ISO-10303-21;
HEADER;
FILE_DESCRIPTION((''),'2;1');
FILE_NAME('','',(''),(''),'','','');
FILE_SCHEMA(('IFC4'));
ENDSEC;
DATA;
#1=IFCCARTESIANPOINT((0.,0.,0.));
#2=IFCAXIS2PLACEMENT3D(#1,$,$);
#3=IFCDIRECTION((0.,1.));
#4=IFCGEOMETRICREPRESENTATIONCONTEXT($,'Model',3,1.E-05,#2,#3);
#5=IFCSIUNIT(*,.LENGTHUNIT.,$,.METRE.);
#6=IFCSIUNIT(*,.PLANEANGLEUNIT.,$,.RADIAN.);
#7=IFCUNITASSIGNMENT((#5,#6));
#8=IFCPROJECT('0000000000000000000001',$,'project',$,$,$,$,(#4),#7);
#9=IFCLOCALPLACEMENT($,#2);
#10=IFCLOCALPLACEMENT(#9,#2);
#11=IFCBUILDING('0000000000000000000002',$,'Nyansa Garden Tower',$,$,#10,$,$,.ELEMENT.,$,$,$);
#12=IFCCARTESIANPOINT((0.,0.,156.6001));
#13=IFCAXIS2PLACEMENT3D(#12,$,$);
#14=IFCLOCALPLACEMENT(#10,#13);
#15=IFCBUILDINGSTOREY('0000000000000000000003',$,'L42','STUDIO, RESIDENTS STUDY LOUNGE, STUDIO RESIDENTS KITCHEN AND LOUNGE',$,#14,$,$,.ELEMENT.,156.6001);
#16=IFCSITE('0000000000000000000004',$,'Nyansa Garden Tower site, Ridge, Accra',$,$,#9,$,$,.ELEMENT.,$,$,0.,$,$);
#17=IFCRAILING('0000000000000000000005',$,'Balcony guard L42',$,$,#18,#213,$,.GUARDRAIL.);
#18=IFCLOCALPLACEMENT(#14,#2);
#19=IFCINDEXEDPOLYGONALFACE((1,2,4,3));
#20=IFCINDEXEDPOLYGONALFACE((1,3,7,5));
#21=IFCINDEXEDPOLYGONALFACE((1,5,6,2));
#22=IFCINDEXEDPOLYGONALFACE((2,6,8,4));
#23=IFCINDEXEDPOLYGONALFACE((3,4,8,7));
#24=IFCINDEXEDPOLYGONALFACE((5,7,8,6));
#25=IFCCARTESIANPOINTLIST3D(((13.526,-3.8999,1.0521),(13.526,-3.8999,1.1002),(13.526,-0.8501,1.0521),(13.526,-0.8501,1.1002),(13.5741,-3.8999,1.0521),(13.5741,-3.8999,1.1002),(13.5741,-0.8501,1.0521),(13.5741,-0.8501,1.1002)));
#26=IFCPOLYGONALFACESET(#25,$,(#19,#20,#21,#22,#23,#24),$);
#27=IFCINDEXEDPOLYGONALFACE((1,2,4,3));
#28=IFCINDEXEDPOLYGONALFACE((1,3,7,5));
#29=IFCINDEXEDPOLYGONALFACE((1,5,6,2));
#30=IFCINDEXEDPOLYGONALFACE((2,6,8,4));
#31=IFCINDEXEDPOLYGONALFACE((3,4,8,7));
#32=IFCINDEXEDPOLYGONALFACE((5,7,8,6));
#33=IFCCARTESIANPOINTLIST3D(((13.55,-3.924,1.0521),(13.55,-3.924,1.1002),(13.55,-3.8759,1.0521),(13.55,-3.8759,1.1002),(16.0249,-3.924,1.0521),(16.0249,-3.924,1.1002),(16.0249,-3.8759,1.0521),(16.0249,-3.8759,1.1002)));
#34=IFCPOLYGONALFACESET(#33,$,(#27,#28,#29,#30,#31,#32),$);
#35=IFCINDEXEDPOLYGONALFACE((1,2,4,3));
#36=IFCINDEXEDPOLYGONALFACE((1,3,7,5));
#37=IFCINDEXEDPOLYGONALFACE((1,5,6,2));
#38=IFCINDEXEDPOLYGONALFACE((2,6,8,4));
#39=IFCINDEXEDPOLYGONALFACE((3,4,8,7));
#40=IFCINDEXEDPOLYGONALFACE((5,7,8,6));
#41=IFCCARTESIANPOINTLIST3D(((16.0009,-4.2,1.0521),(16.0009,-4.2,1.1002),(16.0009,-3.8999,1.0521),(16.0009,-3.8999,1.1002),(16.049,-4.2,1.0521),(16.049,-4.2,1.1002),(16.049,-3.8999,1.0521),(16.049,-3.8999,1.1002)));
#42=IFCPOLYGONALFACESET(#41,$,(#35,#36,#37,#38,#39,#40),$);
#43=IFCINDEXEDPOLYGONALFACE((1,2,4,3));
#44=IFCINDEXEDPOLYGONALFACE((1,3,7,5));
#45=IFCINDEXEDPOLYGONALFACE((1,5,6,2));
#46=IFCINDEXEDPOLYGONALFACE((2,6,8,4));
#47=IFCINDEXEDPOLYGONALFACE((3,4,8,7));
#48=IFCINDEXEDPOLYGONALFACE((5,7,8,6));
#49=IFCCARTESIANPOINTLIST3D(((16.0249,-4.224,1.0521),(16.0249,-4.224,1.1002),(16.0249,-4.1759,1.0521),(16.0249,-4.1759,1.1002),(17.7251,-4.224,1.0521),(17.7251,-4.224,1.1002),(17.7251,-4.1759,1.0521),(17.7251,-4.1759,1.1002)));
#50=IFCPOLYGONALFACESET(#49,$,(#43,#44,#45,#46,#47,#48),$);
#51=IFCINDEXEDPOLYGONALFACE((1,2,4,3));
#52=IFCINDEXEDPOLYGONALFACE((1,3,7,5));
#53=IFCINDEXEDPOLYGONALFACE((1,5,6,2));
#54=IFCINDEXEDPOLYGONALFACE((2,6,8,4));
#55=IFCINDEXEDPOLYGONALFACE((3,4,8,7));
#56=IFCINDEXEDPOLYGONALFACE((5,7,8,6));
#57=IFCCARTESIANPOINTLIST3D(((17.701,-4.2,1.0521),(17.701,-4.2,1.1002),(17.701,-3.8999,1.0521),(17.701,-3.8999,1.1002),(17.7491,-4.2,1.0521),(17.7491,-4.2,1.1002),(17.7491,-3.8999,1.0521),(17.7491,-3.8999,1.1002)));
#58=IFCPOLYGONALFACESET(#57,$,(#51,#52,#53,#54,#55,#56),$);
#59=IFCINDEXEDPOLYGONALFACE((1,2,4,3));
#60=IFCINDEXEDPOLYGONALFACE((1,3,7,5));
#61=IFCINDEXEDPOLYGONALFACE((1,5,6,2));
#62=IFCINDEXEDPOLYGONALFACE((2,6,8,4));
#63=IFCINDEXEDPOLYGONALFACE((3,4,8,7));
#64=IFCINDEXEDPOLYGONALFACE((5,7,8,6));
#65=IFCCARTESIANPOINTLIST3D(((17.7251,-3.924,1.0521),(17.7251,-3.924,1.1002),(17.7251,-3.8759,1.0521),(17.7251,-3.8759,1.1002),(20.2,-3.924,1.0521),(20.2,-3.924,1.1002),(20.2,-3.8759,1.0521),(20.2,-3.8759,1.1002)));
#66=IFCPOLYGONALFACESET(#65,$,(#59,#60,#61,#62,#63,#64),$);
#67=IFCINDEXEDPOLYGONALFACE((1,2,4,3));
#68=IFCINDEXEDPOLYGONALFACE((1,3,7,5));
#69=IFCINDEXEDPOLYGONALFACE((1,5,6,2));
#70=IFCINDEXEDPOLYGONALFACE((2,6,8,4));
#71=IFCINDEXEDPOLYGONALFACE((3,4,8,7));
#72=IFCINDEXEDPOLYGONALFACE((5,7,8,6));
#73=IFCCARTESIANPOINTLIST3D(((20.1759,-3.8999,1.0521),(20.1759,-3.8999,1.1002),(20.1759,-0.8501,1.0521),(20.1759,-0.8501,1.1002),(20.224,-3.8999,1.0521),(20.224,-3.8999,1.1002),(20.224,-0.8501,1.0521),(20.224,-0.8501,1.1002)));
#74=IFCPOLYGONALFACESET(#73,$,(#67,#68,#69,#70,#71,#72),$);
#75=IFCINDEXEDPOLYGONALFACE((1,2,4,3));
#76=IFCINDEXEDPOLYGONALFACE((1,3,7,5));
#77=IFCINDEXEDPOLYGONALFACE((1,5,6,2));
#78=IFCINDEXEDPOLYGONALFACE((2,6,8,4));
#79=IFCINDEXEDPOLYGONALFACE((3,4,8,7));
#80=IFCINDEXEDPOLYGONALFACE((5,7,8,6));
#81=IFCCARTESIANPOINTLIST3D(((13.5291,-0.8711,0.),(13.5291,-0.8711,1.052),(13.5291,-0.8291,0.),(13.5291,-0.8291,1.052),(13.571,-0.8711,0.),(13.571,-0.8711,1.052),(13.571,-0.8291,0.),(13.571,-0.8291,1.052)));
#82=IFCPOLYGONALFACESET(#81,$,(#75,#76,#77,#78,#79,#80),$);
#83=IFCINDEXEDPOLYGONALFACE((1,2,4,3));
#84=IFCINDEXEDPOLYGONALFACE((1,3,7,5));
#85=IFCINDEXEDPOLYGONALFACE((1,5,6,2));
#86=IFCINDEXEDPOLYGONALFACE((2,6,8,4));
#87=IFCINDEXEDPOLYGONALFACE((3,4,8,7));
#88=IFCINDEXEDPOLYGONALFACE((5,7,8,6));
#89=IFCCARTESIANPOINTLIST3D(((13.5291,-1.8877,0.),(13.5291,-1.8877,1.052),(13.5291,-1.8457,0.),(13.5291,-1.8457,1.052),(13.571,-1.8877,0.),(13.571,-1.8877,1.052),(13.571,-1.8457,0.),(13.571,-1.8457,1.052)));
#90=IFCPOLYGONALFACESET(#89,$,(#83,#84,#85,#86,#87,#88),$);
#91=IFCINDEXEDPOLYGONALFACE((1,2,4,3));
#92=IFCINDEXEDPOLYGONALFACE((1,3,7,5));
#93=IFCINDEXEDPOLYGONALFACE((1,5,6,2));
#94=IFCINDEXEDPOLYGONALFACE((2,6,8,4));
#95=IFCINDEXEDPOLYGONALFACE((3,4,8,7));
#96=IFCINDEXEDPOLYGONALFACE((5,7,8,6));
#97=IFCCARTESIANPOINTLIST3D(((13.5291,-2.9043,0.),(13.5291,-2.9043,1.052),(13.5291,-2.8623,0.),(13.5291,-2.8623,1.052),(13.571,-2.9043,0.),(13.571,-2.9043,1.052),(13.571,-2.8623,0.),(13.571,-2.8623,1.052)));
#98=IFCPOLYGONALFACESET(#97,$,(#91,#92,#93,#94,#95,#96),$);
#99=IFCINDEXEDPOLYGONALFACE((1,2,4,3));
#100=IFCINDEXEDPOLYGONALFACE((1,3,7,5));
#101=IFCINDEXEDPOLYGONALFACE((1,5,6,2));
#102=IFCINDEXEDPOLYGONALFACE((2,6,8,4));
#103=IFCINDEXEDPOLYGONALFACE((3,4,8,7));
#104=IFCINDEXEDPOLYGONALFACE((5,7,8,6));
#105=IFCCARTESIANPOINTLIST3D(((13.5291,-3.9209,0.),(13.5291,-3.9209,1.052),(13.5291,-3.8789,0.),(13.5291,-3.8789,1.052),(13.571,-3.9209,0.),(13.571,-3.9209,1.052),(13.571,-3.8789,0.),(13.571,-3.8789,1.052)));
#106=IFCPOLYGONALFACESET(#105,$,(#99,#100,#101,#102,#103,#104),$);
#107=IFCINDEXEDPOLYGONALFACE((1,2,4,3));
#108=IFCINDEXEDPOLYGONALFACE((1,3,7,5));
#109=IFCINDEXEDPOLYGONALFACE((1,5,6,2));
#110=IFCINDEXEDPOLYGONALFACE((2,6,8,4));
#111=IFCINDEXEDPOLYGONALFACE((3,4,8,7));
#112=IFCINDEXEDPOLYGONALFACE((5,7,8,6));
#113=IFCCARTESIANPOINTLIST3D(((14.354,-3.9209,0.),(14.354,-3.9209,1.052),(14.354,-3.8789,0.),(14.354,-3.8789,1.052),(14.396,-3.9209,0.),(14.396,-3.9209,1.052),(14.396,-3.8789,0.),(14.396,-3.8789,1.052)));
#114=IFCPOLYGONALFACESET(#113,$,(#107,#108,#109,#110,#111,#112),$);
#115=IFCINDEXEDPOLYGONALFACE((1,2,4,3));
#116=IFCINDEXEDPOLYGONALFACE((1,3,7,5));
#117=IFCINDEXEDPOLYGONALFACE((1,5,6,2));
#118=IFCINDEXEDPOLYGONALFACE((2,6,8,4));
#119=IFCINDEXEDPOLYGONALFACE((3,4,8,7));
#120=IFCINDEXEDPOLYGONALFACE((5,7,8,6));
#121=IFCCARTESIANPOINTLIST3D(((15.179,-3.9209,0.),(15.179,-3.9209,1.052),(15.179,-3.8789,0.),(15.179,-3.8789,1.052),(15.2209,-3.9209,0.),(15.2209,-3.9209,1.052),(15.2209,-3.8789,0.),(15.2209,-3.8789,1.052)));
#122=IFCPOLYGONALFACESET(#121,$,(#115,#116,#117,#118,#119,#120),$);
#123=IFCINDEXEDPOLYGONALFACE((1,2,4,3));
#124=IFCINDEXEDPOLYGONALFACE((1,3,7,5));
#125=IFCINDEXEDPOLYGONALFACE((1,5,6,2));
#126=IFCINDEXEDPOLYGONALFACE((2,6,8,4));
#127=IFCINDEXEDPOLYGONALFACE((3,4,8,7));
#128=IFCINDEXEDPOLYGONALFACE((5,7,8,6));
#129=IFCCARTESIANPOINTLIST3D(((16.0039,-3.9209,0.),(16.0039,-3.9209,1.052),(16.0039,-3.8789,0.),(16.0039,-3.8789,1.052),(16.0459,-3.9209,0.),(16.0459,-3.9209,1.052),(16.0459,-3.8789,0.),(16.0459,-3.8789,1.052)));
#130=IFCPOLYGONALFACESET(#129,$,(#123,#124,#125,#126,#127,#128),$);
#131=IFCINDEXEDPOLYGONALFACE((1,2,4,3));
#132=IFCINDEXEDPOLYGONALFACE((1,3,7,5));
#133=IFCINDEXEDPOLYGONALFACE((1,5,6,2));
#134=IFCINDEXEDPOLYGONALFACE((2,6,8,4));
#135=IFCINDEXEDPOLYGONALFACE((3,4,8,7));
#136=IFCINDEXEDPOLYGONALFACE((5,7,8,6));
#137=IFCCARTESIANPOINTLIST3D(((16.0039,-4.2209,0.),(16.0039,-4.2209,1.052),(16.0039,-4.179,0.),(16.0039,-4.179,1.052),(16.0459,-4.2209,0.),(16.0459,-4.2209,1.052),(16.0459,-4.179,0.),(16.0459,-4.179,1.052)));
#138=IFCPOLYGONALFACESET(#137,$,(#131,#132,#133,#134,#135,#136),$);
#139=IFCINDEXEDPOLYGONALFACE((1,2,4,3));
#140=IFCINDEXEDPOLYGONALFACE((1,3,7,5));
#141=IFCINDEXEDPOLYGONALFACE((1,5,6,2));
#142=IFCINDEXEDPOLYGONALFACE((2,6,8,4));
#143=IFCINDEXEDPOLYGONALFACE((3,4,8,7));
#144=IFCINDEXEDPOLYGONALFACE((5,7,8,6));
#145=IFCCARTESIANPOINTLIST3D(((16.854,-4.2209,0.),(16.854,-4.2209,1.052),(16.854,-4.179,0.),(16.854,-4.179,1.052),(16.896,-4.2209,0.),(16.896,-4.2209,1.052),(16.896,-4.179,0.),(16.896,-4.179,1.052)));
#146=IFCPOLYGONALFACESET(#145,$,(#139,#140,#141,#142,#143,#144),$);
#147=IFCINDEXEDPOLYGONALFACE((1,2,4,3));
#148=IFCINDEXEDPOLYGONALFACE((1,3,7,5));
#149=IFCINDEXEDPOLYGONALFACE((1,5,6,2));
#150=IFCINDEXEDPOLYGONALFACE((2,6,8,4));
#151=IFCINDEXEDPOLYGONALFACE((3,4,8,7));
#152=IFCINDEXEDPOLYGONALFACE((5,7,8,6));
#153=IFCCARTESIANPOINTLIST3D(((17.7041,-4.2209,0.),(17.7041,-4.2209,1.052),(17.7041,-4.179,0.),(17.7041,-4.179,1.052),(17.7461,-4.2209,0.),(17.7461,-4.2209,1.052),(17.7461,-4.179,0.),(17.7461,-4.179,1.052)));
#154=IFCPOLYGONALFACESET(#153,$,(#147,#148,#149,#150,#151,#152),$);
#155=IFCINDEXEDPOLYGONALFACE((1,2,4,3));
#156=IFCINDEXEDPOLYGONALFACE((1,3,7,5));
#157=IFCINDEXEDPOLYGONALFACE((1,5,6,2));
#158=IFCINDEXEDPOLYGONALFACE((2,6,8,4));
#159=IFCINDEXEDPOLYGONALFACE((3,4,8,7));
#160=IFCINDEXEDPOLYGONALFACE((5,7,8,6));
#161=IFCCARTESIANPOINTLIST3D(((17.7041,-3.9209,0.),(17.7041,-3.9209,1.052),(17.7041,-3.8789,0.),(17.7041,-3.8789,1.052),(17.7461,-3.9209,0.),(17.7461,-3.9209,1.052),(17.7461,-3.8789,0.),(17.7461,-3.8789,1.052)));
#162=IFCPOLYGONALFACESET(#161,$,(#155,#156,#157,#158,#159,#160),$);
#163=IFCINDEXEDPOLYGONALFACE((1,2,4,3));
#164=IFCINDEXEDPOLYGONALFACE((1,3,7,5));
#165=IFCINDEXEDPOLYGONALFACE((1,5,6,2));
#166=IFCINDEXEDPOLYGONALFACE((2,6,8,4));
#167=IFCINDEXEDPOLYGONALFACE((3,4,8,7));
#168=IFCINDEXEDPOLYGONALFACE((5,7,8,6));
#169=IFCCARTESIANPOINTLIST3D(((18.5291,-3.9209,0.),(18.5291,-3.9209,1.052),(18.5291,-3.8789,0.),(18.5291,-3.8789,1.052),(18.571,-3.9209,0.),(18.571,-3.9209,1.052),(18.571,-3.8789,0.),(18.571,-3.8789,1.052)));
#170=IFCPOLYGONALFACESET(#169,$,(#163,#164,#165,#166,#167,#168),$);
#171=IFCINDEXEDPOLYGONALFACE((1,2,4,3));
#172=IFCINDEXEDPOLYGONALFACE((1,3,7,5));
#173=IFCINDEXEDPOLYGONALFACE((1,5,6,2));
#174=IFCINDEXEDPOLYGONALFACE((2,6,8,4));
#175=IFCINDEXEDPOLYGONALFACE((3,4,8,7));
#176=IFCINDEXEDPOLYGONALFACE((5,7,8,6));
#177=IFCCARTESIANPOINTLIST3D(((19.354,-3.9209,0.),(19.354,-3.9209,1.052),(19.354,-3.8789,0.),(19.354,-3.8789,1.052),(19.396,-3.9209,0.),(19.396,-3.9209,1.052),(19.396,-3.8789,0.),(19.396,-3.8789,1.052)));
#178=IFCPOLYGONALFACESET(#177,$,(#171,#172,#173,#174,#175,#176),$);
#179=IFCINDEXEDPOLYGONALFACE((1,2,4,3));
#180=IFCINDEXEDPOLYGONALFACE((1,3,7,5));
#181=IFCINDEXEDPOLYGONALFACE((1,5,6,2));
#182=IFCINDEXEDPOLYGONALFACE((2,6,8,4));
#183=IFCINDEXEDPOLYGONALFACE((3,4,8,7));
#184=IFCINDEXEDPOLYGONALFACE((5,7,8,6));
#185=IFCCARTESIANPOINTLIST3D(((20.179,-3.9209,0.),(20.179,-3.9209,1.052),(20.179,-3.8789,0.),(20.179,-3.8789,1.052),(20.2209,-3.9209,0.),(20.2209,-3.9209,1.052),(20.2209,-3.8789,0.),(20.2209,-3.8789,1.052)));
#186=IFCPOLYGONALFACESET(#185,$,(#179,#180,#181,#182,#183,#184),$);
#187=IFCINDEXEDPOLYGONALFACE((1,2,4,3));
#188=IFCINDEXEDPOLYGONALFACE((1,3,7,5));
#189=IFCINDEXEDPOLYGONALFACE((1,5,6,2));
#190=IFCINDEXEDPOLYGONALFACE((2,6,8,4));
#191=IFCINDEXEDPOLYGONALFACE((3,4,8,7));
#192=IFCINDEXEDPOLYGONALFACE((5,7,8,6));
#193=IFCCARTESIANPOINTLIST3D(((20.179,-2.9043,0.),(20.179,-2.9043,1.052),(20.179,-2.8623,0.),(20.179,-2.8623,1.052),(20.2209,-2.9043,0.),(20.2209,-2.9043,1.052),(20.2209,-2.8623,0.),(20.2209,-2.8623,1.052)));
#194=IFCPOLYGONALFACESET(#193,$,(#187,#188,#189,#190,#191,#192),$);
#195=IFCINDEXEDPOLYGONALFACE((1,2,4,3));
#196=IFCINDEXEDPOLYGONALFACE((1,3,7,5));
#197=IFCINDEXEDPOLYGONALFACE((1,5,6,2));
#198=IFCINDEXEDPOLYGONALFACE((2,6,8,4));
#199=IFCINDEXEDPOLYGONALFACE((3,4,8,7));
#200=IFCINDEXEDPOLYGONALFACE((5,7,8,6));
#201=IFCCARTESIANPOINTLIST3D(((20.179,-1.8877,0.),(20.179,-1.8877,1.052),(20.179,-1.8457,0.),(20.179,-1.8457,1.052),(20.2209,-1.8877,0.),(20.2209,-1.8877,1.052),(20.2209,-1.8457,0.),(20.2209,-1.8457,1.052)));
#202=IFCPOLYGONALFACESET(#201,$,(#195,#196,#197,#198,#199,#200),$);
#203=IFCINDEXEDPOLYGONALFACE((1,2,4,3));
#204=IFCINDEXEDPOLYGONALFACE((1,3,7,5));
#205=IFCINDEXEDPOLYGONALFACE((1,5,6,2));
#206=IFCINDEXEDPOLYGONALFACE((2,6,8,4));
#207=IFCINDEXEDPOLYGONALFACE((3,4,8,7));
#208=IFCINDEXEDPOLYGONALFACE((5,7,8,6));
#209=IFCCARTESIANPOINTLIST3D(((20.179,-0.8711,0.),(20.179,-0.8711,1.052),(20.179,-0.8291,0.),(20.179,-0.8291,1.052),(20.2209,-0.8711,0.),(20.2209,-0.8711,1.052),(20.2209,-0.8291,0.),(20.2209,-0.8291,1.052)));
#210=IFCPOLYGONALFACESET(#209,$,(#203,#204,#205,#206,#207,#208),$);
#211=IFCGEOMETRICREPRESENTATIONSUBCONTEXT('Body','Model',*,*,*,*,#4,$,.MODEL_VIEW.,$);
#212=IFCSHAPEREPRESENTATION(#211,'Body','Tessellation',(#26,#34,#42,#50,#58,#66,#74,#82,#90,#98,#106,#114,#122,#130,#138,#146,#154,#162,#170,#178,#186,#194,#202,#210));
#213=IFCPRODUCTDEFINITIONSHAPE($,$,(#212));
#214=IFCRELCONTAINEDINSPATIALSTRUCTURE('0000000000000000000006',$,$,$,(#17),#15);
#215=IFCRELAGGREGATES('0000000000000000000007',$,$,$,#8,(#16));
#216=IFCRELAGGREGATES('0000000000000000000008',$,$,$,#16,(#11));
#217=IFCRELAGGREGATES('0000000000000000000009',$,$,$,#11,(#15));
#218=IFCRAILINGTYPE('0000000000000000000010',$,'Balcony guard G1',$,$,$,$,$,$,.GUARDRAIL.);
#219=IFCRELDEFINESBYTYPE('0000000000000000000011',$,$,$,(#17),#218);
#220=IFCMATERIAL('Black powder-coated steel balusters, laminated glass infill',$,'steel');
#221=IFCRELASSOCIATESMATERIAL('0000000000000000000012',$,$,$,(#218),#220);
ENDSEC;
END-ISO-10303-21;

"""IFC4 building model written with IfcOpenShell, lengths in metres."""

from ifc_helpers import new_model, si_unit, direction, frame, origin, origin_2d, place, context, subcontext, project, spatial, rectangle, extrude, material, type_object, element, save


model = new_model("IFC4")

# Units and contexts
model_context = context("Model", 3, precision=1e-05, world=origin(), true_north=direction((0.0, 1.0)))
body_context = subcontext(model_context, "Body", "Model", "MODEL_VIEW")
ifc_project = project(units=[si_unit("LENGTHUNIT", "METRE"), si_unit("PLANEANGLEUNIT", "RADIAN")], contexts=[model_context])

# Site, building, storey
site_placement = place(None, origin())
site = spatial("IfcSite", under=ifc_project, at=site_placement, Name="Nyansa Garden Tower site, Ridge, Accra", CompositionType="ELEMENT", RefElevation=0.0)
building_placement = place(site_placement, origin())
building = spatial("IfcBuilding", under=site, at=building_placement, Name="Nyansa Garden Tower", CompositionType="ELEMENT")
storey_placement = place(building_placement, frame((0.0, 0.0, 156.6001)))
storey = spatial("IfcBuildingStorey", under=building, at=storey_placement, Name="L42", Description="STUDIO, RESIDENTS STUDY LOUNGE, STUDIO RESIDENTS KITCHEN AND LOUNGE", CompositionType="ELEMENT", Elevation=156.6001)

# Railing
ifc_material_1 = material(Name="Black powder-coated steel balusters, laminated glass infill", Category="steel")
railing_type = type_object("IfcRailingType", Name="Balcony guard G1", PredefinedType="GUARDRAIL", material=ifc_material_1)
railing_placement = place(storey_placement, frame((13.55, -0.8501, 0.0)))
element("IfcRailing", 1, at=railing_placement, inside=storey, type_object=railing_type, Name="Balcony guard L42", PredefinedType="GUARDRAIL", context=body_context, shape_type="SweptSolid", body=[
    extrude(rectangle(XDim=0.0481, YDim=0.0481, at=origin_2d()), frame((0.0, 0.0, 1.0762), z_axis=(0.0, -1.0, 0.0), x_axis=(1.0, 0.0, 0.0)), (0.0, 0.0, 1.0), 3.0498),
    extrude(rectangle(XDim=0.0481, YDim=0.0481, at=origin_2d()), frame((0.0, -3.0498, 1.0762), z_axis=(1.0, 0.0, 0.0), x_axis=(0.0, 1.0, 0.0)), (0.0, 0.0, 1.0), 2.4749),
    extrude(rectangle(XDim=0.0481, YDim=0.0481, at=origin_2d()), frame((2.4749, -3.0498, 1.0762), z_axis=(0.0, -1.0, 0.0), x_axis=(1.0, 0.0, 0.0)), (0.0, 0.0, 1.0), 0.3),
    extrude(rectangle(XDim=0.0481, YDim=0.0481, at=origin_2d()), frame((2.4749, -3.3499, 1.0762), z_axis=(1.0, 0.0, 0.0), x_axis=(0.0, 1.0, 0.0)), (0.0, 0.0, 1.0), 1.7002),
    extrude(rectangle(XDim=0.0481, YDim=0.0481, at=origin_2d()), frame((4.175, -3.3499, 1.0762), z_axis=(0.0, 1.0, 0.0), x_axis=(-1.0, 0.0, 0.0)), (0.0, 0.0, 1.0), 0.3),
    extrude(rectangle(XDim=0.0481, YDim=0.0481, at=origin_2d()), frame((4.175, -3.0498, 1.0762), z_axis=(1.0, 0.0, 0.0), x_axis=(0.0, 1.0, 0.0)), (0.0, 0.0, 1.0), 2.4749),
    extrude(rectangle(XDim=0.0481, YDim=0.0481, at=origin_2d()), frame((6.6499, -3.0498, 1.0762), z_axis=(0.0, 1.0, 0.0), x_axis=(-1.0, 0.0, 0.0)), (0.0, 0.0, 1.0), 3.0498),
    extrude(rectangle(XDim=0.042, YDim=0.042, at=origin_2d()), origin(), (0.0, 0.0, 1.0), 1.052),
    extrude(rectangle(XDim=0.042, YDim=0.042, at=origin_2d()), frame((0.0, -1.0166, 0.0)), (0.0, 0.0, 1.0), 1.052),
    extrude(rectangle(XDim=0.042, YDim=0.042, at=origin_2d()), frame((0.0, -2.0332, 0.0)), (0.0, 0.0, 1.0), 1.052),
    extrude(rectangle(XDim=0.042, YDim=0.042, at=origin_2d()), frame((0.0, -3.0498, 0.0)), (0.0, 0.0, 1.0), 1.052),
    extrude(rectangle(XDim=0.042, YDim=0.042, at=origin_2d()), frame((0.825, -3.0498, 0.0)), (0.0, 0.0, 1.0), 1.052),
    extrude(rectangle(XDim=0.042, YDim=0.042, at=origin_2d()), frame((1.6499, -3.0498, 0.0)), (0.0, 0.0, 1.0), 1.052),
    extrude(rectangle(XDim=0.042, YDim=0.042, at=origin_2d()), frame((2.4749, -3.0498, 0.0)), (0.0, 0.0, 1.0), 1.052),
    extrude(rectangle(XDim=0.042, YDim=0.042, at=origin_2d()), frame((2.4749, -3.3499, 0.0)), (0.0, 0.0, 1.0), 1.052),
    extrude(rectangle(XDim=0.042, YDim=0.042, at=origin_2d()), frame((3.325, -3.3499, 0.0)), (0.0, 0.0, 1.0), 1.052),
    extrude(rectangle(XDim=0.042, YDim=0.042, at=origin_2d()), frame((4.175, -3.3499, 0.0)), (0.0, 0.0, 1.0), 1.052),
    extrude(rectangle(XDim=0.042, YDim=0.042, at=origin_2d()), frame((4.175, -3.0498, 0.0)), (0.0, 0.0, 1.0), 1.052),
    extrude(rectangle(XDim=0.042, YDim=0.042, at=origin_2d()), frame((5.0, -3.0498, 0.0)), (0.0, 0.0, 1.0), 1.052),
    extrude(rectangle(XDim=0.042, YDim=0.042, at=origin_2d()), frame((5.825, -3.0498, 0.0)), (0.0, 0.0, 1.0), 1.052),
    extrude(rectangle(XDim=0.042, YDim=0.042, at=origin_2d()), frame((6.6499, -3.0498, 0.0)), (0.0, 0.0, 1.0), 1.052),
    extrude(rectangle(XDim=0.042, YDim=0.042, at=origin_2d()), frame((6.6499, -2.0332, 0.0)), (0.0, 0.0, 1.0), 1.052),
    extrude(rectangle(XDim=0.042, YDim=0.042, at=origin_2d()), frame((6.6499, -1.0166, 0.0)), (0.0, 0.0, 1.0), 1.052),
    extrude(rectangle(XDim=0.042, YDim=0.042, at=origin_2d()), frame((6.6499, 0.0, 0.0)), (0.0, 0.0, 1.0), 1.052),
])

save(model, "model.ifc")
